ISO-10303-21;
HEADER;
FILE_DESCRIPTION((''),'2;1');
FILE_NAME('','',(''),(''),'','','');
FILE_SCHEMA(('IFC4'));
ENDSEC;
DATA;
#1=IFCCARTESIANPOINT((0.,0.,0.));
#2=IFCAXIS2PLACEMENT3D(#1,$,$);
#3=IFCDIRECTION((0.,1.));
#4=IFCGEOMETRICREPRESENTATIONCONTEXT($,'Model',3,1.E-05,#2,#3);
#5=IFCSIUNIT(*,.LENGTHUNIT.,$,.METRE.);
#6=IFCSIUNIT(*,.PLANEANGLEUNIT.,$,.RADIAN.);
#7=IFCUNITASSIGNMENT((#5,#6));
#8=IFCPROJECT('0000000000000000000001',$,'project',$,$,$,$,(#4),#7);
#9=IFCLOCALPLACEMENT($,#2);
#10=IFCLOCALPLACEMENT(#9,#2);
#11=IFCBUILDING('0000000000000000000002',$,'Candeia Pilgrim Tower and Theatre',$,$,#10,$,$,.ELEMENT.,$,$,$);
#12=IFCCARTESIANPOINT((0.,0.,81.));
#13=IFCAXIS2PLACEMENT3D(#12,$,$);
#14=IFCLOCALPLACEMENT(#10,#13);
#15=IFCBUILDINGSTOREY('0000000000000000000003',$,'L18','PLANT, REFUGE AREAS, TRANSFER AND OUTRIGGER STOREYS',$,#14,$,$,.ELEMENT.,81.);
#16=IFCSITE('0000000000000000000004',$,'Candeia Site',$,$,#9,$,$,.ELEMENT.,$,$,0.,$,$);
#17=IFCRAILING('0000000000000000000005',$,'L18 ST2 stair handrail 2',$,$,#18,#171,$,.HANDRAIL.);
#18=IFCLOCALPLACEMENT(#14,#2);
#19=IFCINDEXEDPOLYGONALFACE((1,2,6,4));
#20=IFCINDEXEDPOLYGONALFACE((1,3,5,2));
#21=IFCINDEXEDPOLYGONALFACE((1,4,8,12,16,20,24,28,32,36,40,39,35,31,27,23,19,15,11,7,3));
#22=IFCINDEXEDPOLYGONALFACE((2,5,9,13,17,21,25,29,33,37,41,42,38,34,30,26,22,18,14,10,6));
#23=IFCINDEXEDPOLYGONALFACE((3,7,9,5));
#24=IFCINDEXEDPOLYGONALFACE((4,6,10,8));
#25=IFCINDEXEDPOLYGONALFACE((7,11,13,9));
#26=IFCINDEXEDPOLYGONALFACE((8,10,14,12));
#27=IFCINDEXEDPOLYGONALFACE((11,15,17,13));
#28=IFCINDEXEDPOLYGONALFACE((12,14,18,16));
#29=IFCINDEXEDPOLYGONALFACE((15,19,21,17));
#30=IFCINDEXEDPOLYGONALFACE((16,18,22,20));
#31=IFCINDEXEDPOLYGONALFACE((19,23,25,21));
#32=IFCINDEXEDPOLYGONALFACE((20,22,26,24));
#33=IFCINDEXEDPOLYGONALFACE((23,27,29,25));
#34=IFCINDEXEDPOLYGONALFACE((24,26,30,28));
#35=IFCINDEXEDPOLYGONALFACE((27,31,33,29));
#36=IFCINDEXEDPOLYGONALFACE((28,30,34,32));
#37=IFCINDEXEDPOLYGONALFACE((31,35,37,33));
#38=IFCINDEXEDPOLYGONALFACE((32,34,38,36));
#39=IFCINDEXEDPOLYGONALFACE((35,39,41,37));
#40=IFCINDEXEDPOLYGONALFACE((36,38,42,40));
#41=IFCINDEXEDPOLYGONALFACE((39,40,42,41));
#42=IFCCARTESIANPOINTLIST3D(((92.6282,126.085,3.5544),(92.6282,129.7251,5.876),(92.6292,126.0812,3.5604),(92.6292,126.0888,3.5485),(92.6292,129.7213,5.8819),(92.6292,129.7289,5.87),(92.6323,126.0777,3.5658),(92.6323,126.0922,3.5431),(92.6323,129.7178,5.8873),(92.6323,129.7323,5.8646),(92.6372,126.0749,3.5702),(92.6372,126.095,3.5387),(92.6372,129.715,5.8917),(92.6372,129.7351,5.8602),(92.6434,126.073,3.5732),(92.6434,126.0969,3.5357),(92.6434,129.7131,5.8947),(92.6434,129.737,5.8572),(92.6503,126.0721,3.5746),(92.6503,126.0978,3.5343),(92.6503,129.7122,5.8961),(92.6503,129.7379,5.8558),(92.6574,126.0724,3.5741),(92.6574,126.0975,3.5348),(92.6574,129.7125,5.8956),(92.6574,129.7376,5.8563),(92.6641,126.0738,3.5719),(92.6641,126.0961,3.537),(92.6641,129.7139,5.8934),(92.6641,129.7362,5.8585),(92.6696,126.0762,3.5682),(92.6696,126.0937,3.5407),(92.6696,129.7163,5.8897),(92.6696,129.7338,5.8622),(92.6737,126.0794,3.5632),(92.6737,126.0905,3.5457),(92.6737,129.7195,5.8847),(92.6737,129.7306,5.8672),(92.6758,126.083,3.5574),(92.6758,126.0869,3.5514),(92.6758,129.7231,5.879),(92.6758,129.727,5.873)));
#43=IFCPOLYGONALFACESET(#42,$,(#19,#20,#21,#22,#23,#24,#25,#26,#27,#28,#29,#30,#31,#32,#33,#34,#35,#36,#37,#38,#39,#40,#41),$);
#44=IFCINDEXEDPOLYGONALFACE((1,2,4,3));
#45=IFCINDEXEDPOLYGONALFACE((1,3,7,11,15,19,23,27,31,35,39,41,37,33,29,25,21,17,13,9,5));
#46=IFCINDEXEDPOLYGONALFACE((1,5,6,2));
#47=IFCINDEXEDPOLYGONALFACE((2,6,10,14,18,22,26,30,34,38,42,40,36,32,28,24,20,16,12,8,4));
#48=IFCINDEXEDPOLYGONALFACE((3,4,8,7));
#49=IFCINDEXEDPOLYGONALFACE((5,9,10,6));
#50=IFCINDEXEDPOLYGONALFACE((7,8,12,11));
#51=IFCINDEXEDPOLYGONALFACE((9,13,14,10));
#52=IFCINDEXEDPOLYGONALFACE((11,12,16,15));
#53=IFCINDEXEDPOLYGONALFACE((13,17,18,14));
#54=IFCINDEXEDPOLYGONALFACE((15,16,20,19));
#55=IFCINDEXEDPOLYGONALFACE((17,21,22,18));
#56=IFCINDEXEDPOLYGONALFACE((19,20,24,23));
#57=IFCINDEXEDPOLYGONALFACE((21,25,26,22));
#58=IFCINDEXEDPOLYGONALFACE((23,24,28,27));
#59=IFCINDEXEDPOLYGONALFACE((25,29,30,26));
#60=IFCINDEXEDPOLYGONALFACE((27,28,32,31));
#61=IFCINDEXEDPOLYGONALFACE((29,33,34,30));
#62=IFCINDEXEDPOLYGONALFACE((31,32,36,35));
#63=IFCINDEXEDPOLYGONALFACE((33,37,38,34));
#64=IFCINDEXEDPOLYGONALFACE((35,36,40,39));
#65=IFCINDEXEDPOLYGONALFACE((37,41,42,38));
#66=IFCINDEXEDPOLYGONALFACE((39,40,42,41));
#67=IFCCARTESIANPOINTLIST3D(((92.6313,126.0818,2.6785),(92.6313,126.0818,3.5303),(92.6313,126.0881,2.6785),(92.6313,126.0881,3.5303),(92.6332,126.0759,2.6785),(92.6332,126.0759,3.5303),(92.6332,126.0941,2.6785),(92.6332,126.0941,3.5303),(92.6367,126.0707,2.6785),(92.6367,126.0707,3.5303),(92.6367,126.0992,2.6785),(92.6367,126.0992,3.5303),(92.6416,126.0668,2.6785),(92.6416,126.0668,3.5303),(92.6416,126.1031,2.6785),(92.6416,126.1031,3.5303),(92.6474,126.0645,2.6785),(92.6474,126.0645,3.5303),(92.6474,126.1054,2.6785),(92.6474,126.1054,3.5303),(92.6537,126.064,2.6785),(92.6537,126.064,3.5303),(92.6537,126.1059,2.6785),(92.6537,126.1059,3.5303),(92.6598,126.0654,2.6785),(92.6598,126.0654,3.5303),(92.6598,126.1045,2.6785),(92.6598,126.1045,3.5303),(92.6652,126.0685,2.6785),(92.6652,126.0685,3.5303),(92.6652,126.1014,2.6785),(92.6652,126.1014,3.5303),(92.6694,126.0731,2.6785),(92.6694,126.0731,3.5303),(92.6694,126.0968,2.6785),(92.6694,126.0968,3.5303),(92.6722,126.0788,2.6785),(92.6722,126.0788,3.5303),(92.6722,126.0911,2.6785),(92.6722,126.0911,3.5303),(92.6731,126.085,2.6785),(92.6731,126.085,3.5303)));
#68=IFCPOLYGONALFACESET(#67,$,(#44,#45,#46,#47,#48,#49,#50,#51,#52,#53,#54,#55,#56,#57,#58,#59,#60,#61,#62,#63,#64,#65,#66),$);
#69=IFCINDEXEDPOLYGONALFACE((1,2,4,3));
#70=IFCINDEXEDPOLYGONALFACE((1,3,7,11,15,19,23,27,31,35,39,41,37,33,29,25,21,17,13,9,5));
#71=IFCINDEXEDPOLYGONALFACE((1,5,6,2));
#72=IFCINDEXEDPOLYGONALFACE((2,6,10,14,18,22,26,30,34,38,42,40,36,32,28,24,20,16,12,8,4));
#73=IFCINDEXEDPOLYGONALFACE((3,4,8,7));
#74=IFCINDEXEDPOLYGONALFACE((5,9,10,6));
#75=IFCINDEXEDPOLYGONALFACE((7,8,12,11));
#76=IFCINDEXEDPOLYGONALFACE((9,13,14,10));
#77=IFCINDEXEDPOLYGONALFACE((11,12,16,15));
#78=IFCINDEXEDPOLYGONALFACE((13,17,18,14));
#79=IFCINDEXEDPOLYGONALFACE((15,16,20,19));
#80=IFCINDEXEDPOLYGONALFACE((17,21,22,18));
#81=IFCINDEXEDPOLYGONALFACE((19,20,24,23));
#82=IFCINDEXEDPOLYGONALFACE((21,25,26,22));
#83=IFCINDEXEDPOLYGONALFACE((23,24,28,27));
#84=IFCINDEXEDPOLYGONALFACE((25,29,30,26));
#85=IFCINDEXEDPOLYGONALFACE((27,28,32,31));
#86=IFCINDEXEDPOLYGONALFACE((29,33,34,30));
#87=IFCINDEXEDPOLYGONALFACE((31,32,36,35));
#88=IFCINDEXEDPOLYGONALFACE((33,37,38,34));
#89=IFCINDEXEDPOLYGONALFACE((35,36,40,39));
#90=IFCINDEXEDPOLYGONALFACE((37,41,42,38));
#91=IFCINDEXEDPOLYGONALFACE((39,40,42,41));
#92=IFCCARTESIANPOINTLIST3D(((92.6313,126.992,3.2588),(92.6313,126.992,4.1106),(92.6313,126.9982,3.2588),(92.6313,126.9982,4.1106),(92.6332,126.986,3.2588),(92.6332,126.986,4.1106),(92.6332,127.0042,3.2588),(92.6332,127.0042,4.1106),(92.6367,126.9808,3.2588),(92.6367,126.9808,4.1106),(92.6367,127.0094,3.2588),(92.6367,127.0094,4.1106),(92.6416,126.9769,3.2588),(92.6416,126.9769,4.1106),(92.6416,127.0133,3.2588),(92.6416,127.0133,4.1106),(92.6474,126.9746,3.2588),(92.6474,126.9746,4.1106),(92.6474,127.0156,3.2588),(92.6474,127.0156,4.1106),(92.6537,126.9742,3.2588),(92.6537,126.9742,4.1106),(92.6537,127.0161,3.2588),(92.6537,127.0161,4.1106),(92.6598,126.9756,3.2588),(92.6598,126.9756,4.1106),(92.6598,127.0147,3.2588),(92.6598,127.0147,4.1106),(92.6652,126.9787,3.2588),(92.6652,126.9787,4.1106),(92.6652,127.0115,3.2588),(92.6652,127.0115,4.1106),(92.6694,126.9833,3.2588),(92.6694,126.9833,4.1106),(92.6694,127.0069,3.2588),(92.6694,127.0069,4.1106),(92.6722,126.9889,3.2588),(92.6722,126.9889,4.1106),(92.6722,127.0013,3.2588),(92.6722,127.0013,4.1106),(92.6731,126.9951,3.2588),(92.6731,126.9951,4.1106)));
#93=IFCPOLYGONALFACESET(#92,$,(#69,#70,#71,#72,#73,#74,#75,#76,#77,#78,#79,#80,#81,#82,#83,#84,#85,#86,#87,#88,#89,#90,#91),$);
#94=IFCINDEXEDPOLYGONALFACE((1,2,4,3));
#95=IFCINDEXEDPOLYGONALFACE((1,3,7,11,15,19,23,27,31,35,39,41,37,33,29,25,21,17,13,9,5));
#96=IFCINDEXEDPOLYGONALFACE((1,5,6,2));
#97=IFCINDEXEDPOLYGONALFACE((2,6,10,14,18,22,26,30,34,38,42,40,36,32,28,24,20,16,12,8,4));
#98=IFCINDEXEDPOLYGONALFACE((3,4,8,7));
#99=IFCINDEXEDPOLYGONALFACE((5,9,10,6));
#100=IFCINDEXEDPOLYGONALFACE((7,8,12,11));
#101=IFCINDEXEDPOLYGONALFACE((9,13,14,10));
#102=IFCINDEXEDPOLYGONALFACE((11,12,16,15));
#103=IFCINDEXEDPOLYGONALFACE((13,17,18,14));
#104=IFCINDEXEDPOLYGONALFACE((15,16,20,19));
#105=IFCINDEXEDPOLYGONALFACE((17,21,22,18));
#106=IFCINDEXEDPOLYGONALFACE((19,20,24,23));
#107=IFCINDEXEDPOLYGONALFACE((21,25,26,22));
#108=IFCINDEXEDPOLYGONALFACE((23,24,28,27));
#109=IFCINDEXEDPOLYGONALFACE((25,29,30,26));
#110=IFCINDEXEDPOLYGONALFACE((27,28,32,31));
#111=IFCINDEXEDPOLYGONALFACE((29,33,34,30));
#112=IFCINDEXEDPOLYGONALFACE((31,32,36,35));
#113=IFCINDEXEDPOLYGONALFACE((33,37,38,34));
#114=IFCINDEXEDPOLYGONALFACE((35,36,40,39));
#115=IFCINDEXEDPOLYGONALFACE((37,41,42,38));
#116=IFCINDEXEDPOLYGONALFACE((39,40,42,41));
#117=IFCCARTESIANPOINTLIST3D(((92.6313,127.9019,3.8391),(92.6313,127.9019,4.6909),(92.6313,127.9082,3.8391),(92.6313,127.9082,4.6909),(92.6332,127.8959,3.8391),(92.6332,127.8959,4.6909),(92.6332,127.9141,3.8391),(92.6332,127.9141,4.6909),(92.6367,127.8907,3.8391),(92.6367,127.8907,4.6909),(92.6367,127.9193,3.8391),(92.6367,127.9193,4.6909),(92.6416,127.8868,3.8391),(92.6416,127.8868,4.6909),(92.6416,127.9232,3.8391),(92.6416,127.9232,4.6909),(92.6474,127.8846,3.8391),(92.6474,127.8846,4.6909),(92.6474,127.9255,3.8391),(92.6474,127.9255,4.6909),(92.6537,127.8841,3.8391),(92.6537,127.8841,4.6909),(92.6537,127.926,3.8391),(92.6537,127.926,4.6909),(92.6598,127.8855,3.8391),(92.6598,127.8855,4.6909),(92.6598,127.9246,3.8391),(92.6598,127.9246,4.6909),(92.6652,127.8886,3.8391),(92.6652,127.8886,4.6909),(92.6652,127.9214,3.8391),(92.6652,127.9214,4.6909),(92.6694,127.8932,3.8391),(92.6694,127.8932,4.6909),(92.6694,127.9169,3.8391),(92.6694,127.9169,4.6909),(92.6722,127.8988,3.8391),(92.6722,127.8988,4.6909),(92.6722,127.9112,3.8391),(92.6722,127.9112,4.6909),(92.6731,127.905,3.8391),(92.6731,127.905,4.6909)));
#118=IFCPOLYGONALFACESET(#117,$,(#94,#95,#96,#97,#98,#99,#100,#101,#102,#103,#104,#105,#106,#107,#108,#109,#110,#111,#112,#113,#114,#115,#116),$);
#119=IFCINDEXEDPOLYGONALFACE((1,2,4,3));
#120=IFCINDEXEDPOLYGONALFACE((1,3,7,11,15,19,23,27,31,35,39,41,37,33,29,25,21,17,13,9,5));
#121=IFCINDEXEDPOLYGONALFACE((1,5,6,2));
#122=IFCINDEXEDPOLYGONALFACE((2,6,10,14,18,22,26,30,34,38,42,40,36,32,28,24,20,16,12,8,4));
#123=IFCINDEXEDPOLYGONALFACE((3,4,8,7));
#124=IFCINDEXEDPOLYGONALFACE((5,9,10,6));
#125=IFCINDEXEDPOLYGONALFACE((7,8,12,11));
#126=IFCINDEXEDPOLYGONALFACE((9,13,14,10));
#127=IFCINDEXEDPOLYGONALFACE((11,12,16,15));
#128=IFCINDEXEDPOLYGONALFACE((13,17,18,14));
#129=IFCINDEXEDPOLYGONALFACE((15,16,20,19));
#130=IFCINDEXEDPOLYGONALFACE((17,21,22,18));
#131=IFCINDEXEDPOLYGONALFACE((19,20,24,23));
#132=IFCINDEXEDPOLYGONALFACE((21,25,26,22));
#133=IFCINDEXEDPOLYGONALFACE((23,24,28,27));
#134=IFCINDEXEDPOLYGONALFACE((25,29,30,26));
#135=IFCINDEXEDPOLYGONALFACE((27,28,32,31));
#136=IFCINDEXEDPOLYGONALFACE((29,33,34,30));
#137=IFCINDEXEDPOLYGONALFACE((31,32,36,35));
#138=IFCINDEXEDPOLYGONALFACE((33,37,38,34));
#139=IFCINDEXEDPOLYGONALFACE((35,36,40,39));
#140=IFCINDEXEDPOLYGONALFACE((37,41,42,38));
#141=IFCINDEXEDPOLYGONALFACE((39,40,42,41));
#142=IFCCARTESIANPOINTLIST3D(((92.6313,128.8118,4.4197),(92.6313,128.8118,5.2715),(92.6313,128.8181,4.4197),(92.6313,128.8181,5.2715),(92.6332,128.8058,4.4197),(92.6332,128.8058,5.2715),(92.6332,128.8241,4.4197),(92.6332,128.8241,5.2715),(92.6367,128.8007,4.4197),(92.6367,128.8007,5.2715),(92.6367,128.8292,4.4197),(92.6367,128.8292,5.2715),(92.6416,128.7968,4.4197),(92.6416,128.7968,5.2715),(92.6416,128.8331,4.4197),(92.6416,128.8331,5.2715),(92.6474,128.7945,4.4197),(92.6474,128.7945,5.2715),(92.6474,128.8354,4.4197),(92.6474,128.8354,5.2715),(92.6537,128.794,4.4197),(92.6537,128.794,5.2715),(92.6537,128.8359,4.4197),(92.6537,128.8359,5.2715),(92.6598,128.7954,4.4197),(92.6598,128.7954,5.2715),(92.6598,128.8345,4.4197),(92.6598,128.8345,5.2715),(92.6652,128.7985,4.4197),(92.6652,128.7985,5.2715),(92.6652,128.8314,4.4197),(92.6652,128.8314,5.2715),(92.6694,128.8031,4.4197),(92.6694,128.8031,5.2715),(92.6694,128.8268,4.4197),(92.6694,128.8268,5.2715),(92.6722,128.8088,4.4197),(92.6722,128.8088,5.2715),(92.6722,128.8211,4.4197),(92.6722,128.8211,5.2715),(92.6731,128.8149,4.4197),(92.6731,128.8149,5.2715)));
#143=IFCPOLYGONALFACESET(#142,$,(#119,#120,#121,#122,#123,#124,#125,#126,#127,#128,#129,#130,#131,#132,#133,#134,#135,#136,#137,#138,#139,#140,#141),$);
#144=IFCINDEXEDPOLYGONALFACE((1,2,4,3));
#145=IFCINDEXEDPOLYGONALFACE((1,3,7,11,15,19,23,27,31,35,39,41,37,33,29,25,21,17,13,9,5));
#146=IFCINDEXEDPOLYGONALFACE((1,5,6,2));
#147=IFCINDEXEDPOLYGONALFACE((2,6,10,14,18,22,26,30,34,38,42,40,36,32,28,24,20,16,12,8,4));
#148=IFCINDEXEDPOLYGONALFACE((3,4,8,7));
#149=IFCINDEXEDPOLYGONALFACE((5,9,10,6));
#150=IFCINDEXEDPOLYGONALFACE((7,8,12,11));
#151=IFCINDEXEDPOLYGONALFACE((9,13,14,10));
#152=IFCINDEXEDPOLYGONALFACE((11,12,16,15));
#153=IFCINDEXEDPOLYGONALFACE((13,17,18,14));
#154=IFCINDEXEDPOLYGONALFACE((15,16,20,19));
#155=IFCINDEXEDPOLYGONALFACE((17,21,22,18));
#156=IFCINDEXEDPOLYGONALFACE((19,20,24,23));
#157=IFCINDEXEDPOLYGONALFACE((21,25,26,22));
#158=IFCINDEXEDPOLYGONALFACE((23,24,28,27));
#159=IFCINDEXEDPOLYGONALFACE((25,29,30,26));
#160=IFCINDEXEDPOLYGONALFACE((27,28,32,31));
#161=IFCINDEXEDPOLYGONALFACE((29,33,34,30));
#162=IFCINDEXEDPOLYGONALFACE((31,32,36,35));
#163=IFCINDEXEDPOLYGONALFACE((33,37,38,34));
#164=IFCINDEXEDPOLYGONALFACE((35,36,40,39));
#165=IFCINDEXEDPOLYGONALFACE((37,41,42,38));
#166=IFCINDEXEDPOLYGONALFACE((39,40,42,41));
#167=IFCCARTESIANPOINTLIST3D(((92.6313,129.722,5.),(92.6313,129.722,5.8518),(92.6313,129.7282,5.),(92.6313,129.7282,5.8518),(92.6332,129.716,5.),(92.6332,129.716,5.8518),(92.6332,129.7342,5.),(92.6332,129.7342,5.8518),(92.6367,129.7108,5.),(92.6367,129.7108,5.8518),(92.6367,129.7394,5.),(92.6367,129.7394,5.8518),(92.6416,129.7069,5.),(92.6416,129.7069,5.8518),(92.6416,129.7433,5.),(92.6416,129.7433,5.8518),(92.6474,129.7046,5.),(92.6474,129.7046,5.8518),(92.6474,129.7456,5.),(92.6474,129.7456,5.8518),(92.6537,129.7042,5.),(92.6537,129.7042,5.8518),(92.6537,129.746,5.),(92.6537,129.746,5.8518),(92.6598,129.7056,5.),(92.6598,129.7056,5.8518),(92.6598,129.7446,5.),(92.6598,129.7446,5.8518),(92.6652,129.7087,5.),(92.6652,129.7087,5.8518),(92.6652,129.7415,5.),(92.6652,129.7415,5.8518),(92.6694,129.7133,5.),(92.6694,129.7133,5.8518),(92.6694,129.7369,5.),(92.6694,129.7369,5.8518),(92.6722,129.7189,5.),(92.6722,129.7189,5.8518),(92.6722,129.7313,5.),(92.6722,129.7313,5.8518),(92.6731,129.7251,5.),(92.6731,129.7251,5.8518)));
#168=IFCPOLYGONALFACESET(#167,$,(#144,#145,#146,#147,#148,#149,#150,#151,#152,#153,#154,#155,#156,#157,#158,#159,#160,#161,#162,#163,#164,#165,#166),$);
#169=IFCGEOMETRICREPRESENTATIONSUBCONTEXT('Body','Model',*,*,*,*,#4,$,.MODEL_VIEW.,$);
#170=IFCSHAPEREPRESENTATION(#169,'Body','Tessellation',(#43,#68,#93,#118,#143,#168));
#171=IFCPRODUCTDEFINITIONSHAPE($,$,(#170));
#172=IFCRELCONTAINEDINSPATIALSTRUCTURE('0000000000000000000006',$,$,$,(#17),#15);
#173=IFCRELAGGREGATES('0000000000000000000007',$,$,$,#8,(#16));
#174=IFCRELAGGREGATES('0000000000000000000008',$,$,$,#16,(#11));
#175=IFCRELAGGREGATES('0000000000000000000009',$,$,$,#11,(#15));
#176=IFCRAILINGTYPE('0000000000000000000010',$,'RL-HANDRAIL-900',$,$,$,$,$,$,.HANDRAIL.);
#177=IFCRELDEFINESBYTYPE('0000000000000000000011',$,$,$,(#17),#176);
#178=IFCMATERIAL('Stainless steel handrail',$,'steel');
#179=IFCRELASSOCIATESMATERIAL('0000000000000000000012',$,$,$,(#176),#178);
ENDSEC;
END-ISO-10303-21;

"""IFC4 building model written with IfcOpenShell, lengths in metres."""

from ifc_helpers import new_model, si_unit, direction, frame, origin, origin_2d, place, context, subcontext, project, spatial, circle, extrude, material, type_object, element, save


model = new_model("IFC4")

# Units and contexts
model_context = context("Model", 3, precision=1e-05, world=origin(), true_north=direction((0.0, 1.0)))
body_context = subcontext(model_context, "Body", "Model", "MODEL_VIEW")
ifc_project = project(units=[si_unit("LENGTHUNIT", "METRE"), si_unit("PLANEANGLEUNIT", "RADIAN")], contexts=[model_context])

# Site, building, storey
site_placement = place(None, origin())
site = spatial("IfcSite", under=ifc_project, at=site_placement, Name="Candeia Site", CompositionType="ELEMENT", RefElevation=0.0)
building_placement = place(site_placement, origin())
building = spatial("IfcBuilding", under=site, at=building_placement, Name="Candeia Pilgrim Tower and Theatre", CompositionType="ELEMENT")
storey_placement = place(building_placement, frame((0.0, 0.0, 81.0)))
storey = spatial("IfcBuildingStorey", under=building, at=storey_placement, Name="L18", Description="PLANT, REFUGE AREAS, TRANSFER AND OUTRIGGER STOREYS", CompositionType="ELEMENT", Elevation=81.0)

# Railing
ifc_material_1 = material(Name="Stainless steel handrail", Category="steel")
railing_type = type_object("IfcRailingType", Name="RL-HANDRAIL-900", PredefinedType="HANDRAIL", material=ifc_material_1)
for number, where, name in (
    (1, (92.6521, 126.085, 2.6785), "L18 ST2 stair handrail 2"),
):
    element("IfcRailing", number, at=place(storey_placement, frame(where)), inside=storey, type_object=railing_type, Name=name, PredefinedType="HANDRAIL", context=body_context, shape_type="SweptSolid", body=[
        extrude(circle(Radius=0.0239, at=origin_2d()), frame((0.0, 0.0, 0.876), z_axis=(0.0, 0.843128, 0.537713), x_axis=(-1.0, 0.0, 0.0)), (0.0, 0.0, 1.0), 4.3174),
        extrude(circle(Radius=0.021, at=origin_2d()), origin(), (0.0, 0.0, 1.0), 0.8518),
        extrude(circle(Radius=0.021, at=origin_2d()), frame((0.0, 0.9102, 0.5803)), (0.0, 0.0, 1.0), 0.8518),
        extrude(circle(Radius=0.021, at=origin_2d()), frame((0.0, 1.8201, 1.1606)), (0.0, 0.0, 1.0), 0.8518),
        extrude(circle(Radius=0.021, at=origin_2d()), frame((0.0, 2.73, 1.7412)), (0.0, 0.0, 1.0), 0.8518),
        extrude(circle(Radius=0.021, at=origin_2d()), frame((0.0, 3.6401, 2.3215)), (0.0, 0.0, 1.0), 0.8518),
    ])

save(model, "model.ifc")
